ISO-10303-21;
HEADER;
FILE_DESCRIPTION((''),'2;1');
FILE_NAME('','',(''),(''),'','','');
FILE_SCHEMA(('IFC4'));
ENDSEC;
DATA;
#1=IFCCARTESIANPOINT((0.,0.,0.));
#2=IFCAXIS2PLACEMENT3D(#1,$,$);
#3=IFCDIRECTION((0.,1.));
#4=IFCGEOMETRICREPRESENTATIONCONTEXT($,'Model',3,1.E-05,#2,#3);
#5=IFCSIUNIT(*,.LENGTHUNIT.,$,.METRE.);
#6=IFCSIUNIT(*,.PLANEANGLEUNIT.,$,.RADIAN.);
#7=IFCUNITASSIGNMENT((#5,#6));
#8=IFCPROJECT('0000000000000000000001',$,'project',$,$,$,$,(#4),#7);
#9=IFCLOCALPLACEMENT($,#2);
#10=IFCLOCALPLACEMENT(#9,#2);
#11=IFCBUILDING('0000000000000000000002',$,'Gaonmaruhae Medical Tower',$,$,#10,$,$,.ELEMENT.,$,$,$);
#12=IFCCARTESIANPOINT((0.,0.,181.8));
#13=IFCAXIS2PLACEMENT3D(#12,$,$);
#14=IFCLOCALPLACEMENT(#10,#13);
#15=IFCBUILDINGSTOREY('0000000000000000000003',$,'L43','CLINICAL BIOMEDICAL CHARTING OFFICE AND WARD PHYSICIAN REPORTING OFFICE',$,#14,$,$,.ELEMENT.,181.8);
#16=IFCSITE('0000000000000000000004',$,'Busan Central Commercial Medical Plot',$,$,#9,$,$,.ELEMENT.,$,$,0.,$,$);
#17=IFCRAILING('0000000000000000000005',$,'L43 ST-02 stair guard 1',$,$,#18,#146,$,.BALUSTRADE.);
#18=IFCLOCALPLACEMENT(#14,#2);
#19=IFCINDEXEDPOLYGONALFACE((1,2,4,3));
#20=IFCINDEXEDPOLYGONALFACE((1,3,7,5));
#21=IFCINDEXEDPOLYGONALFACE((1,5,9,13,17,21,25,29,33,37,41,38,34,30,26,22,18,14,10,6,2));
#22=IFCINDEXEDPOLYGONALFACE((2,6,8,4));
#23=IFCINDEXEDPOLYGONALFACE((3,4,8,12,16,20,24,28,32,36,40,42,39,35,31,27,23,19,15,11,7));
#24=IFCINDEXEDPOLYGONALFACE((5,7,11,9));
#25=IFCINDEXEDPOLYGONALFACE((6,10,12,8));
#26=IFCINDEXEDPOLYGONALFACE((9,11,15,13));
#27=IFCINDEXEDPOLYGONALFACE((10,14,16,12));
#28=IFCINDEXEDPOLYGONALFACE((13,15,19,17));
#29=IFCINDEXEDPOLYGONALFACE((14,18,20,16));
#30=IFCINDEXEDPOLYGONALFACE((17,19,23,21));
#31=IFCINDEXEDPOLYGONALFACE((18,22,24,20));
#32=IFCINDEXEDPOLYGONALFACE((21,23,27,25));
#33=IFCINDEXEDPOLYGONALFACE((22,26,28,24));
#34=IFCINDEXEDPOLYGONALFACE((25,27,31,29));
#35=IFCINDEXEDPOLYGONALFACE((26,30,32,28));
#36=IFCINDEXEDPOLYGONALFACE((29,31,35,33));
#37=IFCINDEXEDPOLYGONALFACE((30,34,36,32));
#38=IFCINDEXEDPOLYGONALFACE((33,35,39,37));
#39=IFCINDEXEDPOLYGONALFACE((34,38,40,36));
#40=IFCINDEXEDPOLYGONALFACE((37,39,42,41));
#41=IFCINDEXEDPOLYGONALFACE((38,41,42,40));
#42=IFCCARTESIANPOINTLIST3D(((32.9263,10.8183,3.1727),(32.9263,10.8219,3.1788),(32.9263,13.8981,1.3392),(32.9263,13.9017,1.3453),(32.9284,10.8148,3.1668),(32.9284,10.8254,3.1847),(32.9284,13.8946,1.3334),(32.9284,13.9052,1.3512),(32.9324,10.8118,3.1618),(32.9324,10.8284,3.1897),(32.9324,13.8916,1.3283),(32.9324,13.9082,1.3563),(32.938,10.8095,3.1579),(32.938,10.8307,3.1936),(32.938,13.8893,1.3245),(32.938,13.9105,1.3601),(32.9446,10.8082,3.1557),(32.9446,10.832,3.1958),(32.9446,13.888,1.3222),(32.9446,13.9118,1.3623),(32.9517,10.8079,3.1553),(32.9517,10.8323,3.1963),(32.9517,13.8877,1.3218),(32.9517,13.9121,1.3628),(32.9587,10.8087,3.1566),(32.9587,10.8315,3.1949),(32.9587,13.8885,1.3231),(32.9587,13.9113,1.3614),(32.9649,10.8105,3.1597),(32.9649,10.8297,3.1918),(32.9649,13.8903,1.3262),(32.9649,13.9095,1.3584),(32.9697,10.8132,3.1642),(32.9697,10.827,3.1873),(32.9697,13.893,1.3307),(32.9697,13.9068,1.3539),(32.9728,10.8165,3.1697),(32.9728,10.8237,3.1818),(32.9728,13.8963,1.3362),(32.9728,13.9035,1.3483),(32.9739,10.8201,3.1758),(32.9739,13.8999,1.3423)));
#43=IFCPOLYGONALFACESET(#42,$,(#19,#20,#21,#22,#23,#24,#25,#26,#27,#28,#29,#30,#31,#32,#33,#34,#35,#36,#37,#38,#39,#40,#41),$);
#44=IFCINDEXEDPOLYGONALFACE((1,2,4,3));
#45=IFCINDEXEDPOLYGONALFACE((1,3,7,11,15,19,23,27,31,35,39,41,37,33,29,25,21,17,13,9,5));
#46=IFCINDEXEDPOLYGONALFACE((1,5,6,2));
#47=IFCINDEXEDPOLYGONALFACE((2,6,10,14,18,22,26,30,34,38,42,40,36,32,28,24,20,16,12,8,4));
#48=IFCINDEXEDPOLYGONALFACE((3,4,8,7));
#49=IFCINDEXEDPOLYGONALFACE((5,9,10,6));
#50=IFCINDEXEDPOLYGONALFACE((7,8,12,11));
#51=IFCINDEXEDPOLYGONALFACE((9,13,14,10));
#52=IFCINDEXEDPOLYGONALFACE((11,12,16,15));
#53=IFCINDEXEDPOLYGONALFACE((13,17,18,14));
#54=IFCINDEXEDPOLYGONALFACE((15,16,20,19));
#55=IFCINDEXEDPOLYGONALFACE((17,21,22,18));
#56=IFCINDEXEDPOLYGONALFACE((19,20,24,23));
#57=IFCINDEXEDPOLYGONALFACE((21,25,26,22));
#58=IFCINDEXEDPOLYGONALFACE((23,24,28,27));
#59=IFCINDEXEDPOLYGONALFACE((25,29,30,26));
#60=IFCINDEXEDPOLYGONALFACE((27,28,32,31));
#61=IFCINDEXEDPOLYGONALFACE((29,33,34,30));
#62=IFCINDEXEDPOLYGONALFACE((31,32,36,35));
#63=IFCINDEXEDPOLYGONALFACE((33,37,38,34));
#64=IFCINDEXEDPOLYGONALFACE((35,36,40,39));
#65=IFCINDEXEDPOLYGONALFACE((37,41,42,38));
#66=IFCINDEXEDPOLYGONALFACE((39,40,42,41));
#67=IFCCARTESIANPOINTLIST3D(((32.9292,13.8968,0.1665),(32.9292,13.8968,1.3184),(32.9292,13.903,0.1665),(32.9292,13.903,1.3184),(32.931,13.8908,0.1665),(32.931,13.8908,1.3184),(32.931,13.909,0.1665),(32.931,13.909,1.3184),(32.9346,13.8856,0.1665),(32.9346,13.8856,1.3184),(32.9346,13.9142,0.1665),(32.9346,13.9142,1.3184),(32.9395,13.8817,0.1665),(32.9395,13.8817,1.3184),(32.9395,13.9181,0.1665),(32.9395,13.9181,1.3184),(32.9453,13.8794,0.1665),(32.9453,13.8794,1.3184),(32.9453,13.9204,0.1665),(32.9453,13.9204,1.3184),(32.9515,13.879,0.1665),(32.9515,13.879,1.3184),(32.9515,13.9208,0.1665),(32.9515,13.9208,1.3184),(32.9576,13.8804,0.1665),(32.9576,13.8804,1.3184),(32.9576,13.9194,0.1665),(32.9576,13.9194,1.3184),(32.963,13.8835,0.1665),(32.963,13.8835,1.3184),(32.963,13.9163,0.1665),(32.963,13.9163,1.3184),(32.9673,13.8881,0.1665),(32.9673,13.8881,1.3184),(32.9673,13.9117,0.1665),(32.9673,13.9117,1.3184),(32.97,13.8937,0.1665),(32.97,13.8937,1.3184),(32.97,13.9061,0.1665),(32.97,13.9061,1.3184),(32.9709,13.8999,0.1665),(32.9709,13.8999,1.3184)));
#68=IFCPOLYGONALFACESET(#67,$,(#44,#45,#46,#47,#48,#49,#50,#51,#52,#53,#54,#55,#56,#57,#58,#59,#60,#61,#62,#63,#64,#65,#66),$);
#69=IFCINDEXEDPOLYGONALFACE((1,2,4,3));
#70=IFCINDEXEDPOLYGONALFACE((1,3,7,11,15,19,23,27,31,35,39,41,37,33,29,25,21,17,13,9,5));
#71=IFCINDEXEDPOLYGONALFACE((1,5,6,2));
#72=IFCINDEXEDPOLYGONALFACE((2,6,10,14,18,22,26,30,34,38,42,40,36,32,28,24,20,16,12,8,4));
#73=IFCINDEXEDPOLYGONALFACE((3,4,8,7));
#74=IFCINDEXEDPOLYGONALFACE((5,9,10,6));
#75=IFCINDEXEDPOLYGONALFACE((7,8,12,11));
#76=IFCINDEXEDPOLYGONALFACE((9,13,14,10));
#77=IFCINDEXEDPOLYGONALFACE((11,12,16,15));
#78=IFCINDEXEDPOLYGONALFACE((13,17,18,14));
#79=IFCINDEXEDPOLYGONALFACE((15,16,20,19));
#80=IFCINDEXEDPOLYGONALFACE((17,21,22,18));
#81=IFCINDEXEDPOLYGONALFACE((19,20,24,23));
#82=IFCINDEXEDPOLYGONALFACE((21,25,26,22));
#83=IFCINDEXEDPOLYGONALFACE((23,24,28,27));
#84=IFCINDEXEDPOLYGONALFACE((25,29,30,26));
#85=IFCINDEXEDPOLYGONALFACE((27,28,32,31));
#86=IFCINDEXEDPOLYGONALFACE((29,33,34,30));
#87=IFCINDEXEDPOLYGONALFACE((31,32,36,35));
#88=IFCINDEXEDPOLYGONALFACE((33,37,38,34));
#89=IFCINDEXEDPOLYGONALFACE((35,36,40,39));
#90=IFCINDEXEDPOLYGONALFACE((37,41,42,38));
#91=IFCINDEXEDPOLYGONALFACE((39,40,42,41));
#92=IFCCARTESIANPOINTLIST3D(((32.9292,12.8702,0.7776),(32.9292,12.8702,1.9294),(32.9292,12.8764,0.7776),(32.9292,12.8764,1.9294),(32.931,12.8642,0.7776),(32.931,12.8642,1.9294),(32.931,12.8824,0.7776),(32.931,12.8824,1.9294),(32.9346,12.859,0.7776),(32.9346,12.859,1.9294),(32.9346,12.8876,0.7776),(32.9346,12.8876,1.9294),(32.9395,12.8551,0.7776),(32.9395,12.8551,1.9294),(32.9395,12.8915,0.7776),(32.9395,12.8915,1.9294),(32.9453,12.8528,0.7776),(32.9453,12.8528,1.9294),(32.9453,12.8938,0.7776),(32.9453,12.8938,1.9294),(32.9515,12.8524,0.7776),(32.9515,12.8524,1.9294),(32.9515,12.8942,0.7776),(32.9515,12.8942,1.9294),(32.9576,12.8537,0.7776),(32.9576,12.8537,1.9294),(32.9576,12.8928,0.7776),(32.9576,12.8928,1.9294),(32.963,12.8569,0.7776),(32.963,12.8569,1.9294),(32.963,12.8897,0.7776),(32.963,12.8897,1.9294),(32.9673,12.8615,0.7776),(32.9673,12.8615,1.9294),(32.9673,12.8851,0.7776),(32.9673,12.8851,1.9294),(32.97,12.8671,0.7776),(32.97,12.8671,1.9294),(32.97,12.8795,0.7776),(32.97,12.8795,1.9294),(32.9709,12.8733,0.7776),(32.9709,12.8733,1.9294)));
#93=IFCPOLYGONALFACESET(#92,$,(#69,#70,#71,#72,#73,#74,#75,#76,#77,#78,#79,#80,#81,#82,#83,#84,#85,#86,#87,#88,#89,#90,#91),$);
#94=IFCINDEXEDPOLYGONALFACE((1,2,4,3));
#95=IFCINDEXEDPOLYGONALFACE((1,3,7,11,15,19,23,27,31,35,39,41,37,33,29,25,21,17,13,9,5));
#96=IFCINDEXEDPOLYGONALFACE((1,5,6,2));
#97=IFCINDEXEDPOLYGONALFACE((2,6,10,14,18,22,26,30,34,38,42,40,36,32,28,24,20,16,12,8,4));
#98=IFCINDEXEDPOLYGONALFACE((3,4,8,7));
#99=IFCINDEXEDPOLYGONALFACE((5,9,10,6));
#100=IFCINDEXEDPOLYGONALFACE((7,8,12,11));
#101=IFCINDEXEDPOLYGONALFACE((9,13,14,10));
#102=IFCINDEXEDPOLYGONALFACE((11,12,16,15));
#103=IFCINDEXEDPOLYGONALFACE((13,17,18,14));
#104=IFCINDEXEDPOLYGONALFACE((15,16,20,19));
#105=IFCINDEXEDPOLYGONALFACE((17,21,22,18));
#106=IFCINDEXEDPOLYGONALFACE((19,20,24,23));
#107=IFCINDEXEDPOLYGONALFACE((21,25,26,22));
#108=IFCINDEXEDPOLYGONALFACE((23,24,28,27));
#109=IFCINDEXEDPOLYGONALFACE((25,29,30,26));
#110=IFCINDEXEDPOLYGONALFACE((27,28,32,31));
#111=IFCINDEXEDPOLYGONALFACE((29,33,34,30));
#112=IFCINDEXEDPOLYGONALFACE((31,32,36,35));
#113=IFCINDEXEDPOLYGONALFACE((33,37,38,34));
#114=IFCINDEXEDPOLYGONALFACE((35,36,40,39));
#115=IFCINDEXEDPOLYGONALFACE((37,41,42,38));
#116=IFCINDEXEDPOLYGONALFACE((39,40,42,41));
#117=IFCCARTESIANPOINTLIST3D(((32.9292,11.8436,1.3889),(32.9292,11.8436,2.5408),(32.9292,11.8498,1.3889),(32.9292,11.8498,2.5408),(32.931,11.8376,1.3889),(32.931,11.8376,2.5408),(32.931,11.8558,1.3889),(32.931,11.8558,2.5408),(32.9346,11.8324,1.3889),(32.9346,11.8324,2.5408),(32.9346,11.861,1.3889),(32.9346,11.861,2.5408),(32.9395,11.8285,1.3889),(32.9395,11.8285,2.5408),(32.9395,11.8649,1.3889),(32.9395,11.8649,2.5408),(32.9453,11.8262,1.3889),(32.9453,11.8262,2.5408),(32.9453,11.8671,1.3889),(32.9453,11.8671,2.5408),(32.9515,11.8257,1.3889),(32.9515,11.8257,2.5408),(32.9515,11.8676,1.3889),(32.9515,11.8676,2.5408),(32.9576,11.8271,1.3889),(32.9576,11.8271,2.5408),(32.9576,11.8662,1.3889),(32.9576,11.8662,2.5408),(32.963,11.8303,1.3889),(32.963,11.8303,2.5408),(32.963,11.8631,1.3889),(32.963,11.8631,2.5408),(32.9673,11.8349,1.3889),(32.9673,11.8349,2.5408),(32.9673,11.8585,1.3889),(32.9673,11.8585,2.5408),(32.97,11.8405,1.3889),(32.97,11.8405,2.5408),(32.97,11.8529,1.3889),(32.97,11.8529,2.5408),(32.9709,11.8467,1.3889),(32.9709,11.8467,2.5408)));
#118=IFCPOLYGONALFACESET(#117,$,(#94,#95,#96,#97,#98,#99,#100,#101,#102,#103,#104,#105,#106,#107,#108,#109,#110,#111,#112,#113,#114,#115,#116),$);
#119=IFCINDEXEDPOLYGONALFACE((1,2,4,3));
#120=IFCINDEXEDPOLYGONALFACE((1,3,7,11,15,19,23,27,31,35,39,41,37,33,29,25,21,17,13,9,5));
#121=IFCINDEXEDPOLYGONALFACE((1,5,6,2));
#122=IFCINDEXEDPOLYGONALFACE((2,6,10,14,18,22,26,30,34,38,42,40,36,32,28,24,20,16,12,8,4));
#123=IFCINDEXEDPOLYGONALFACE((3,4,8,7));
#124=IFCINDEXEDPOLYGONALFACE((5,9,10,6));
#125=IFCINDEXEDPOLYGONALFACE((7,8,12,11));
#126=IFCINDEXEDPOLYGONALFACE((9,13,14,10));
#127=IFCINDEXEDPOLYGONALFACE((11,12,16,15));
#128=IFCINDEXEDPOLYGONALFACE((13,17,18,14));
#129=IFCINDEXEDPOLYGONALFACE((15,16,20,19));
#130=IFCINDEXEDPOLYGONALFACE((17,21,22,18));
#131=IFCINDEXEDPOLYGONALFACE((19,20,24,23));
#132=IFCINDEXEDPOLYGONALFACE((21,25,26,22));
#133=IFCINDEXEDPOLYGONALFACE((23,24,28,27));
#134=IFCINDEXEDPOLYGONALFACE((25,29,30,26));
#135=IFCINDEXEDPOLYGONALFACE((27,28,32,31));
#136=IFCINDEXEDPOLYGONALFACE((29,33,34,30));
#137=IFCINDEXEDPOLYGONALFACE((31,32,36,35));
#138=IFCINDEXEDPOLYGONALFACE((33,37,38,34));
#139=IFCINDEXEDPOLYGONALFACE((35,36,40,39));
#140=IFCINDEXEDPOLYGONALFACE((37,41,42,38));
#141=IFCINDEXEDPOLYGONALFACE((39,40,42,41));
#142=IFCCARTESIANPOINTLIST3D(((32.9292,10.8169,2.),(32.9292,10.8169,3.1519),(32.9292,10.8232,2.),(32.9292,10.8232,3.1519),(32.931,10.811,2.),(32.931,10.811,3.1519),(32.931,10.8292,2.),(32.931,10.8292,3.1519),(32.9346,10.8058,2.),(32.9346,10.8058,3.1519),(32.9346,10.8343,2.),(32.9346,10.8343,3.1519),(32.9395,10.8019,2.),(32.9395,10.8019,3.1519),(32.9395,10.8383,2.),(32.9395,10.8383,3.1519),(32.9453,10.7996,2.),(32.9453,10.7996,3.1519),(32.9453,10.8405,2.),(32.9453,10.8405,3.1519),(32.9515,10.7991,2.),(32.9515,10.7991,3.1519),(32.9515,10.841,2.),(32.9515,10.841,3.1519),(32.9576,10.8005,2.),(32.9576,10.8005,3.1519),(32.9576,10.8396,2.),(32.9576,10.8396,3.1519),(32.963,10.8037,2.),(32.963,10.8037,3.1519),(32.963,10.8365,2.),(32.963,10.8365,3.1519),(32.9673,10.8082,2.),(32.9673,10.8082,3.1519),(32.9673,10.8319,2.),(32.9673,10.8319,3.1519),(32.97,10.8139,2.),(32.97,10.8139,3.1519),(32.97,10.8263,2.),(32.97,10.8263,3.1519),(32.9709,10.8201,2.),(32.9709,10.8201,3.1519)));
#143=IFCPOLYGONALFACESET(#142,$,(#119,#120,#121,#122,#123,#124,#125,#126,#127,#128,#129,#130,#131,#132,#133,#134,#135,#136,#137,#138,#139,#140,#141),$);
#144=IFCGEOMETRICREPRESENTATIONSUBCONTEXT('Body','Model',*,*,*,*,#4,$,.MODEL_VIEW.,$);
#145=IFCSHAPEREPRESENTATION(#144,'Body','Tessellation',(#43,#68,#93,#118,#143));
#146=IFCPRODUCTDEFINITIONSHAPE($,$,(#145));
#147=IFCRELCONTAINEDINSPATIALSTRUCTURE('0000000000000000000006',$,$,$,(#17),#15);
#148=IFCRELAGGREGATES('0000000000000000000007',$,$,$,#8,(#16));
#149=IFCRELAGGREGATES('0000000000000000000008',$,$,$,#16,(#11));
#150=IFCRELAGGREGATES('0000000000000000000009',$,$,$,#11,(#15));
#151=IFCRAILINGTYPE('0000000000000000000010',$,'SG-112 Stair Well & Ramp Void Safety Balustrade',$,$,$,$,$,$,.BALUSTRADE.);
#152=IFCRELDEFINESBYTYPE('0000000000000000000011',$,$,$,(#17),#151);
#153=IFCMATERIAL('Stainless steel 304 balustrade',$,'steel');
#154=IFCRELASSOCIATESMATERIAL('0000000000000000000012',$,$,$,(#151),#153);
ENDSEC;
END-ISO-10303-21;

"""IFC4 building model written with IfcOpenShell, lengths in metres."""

from ifc_helpers import new_model, si_unit, direction, frame, origin, origin_2d, place, context, subcontext, project, spatial, circle, extrude, material, type_object, element, save


model = new_model("IFC4")

# Units and contexts
model_context = context("Model", 3, precision=1e-05, world=origin(), true_north=direction((0.0, 1.0)))
body_context = subcontext(model_context, "Body", "Model", "MODEL_VIEW")
ifc_project = project(units=[si_unit("LENGTHUNIT", "METRE"), si_unit("PLANEANGLEUNIT", "RADIAN")], contexts=[model_context])

# Site, building, storey
site_placement = place(None, origin())
site = spatial("IfcSite", under=ifc_project, at=site_placement, Name="Busan Central Commercial Medical Plot", CompositionType="ELEMENT", RefElevation=0.0)
building_placement = place(site_placement, origin())
building = spatial("IfcBuilding", under=site, at=building_placement, Name="Gaonmaruhae Medical Tower", CompositionType="ELEMENT")
storey_placement = place(building_placement, frame((0.0, 0.0, 181.8)))
storey = spatial("IfcBuildingStorey", under=building, at=storey_placement, Name="L43", Description="CLINICAL BIOMEDICAL CHARTING OFFICE AND WARD PHYSICIAN REPORTING OFFICE", CompositionType="ELEMENT", Elevation=181.8)

# Railing
ifc_material_1 = material(Name="Stainless steel 304 balustrade", Category="steel")
railing_type_1 = type_object("IfcRailingType", Name="SG-112 Stair Well & Ramp Void Safety Balustrade", PredefinedType="BALUSTRADE", material=ifc_material_1)
railing_1_placement = place(storey_placement, frame((32.95, 13.8999, 0.1665)))
element("IfcRailing", 1, at=railing_1_placement, inside=storey, type_object=railing_type_1, Name="L43 ST-02 stair guard 1", PredefinedType="BALUSTRADE", context=body_context, shape_type="SweptSolid", body=[
    extrude(circle(Radius=0.0239, at=origin_2d()), frame((0.0, 0.0, 1.1758), z_axis=(0.0, -0.859261, 0.511538), x_axis=(1.0, 0.0, 0.0)), (0.0, 0.0, 1.0), 3.5842),
    extrude(circle(Radius=0.021, at=origin_2d()), origin(), (0.0, 0.0, 1.0), 1.1519),
    extrude(circle(Radius=0.021, at=origin_2d()), frame((0.0, -1.0266, 0.6111)), (0.0, 0.0, 1.0), 1.1519),
    extrude(circle(Radius=0.021, at=origin_2d()), frame((0.0, -2.0532, 1.2224)), (0.0, 0.0, 1.0), 1.1519),
    extrude(circle(Radius=0.021, at=origin_2d()), frame((0.0, -3.0798, 1.8335)), (0.0, 0.0, 1.0), 1.1519),
])

save(model, "model.ifc")
